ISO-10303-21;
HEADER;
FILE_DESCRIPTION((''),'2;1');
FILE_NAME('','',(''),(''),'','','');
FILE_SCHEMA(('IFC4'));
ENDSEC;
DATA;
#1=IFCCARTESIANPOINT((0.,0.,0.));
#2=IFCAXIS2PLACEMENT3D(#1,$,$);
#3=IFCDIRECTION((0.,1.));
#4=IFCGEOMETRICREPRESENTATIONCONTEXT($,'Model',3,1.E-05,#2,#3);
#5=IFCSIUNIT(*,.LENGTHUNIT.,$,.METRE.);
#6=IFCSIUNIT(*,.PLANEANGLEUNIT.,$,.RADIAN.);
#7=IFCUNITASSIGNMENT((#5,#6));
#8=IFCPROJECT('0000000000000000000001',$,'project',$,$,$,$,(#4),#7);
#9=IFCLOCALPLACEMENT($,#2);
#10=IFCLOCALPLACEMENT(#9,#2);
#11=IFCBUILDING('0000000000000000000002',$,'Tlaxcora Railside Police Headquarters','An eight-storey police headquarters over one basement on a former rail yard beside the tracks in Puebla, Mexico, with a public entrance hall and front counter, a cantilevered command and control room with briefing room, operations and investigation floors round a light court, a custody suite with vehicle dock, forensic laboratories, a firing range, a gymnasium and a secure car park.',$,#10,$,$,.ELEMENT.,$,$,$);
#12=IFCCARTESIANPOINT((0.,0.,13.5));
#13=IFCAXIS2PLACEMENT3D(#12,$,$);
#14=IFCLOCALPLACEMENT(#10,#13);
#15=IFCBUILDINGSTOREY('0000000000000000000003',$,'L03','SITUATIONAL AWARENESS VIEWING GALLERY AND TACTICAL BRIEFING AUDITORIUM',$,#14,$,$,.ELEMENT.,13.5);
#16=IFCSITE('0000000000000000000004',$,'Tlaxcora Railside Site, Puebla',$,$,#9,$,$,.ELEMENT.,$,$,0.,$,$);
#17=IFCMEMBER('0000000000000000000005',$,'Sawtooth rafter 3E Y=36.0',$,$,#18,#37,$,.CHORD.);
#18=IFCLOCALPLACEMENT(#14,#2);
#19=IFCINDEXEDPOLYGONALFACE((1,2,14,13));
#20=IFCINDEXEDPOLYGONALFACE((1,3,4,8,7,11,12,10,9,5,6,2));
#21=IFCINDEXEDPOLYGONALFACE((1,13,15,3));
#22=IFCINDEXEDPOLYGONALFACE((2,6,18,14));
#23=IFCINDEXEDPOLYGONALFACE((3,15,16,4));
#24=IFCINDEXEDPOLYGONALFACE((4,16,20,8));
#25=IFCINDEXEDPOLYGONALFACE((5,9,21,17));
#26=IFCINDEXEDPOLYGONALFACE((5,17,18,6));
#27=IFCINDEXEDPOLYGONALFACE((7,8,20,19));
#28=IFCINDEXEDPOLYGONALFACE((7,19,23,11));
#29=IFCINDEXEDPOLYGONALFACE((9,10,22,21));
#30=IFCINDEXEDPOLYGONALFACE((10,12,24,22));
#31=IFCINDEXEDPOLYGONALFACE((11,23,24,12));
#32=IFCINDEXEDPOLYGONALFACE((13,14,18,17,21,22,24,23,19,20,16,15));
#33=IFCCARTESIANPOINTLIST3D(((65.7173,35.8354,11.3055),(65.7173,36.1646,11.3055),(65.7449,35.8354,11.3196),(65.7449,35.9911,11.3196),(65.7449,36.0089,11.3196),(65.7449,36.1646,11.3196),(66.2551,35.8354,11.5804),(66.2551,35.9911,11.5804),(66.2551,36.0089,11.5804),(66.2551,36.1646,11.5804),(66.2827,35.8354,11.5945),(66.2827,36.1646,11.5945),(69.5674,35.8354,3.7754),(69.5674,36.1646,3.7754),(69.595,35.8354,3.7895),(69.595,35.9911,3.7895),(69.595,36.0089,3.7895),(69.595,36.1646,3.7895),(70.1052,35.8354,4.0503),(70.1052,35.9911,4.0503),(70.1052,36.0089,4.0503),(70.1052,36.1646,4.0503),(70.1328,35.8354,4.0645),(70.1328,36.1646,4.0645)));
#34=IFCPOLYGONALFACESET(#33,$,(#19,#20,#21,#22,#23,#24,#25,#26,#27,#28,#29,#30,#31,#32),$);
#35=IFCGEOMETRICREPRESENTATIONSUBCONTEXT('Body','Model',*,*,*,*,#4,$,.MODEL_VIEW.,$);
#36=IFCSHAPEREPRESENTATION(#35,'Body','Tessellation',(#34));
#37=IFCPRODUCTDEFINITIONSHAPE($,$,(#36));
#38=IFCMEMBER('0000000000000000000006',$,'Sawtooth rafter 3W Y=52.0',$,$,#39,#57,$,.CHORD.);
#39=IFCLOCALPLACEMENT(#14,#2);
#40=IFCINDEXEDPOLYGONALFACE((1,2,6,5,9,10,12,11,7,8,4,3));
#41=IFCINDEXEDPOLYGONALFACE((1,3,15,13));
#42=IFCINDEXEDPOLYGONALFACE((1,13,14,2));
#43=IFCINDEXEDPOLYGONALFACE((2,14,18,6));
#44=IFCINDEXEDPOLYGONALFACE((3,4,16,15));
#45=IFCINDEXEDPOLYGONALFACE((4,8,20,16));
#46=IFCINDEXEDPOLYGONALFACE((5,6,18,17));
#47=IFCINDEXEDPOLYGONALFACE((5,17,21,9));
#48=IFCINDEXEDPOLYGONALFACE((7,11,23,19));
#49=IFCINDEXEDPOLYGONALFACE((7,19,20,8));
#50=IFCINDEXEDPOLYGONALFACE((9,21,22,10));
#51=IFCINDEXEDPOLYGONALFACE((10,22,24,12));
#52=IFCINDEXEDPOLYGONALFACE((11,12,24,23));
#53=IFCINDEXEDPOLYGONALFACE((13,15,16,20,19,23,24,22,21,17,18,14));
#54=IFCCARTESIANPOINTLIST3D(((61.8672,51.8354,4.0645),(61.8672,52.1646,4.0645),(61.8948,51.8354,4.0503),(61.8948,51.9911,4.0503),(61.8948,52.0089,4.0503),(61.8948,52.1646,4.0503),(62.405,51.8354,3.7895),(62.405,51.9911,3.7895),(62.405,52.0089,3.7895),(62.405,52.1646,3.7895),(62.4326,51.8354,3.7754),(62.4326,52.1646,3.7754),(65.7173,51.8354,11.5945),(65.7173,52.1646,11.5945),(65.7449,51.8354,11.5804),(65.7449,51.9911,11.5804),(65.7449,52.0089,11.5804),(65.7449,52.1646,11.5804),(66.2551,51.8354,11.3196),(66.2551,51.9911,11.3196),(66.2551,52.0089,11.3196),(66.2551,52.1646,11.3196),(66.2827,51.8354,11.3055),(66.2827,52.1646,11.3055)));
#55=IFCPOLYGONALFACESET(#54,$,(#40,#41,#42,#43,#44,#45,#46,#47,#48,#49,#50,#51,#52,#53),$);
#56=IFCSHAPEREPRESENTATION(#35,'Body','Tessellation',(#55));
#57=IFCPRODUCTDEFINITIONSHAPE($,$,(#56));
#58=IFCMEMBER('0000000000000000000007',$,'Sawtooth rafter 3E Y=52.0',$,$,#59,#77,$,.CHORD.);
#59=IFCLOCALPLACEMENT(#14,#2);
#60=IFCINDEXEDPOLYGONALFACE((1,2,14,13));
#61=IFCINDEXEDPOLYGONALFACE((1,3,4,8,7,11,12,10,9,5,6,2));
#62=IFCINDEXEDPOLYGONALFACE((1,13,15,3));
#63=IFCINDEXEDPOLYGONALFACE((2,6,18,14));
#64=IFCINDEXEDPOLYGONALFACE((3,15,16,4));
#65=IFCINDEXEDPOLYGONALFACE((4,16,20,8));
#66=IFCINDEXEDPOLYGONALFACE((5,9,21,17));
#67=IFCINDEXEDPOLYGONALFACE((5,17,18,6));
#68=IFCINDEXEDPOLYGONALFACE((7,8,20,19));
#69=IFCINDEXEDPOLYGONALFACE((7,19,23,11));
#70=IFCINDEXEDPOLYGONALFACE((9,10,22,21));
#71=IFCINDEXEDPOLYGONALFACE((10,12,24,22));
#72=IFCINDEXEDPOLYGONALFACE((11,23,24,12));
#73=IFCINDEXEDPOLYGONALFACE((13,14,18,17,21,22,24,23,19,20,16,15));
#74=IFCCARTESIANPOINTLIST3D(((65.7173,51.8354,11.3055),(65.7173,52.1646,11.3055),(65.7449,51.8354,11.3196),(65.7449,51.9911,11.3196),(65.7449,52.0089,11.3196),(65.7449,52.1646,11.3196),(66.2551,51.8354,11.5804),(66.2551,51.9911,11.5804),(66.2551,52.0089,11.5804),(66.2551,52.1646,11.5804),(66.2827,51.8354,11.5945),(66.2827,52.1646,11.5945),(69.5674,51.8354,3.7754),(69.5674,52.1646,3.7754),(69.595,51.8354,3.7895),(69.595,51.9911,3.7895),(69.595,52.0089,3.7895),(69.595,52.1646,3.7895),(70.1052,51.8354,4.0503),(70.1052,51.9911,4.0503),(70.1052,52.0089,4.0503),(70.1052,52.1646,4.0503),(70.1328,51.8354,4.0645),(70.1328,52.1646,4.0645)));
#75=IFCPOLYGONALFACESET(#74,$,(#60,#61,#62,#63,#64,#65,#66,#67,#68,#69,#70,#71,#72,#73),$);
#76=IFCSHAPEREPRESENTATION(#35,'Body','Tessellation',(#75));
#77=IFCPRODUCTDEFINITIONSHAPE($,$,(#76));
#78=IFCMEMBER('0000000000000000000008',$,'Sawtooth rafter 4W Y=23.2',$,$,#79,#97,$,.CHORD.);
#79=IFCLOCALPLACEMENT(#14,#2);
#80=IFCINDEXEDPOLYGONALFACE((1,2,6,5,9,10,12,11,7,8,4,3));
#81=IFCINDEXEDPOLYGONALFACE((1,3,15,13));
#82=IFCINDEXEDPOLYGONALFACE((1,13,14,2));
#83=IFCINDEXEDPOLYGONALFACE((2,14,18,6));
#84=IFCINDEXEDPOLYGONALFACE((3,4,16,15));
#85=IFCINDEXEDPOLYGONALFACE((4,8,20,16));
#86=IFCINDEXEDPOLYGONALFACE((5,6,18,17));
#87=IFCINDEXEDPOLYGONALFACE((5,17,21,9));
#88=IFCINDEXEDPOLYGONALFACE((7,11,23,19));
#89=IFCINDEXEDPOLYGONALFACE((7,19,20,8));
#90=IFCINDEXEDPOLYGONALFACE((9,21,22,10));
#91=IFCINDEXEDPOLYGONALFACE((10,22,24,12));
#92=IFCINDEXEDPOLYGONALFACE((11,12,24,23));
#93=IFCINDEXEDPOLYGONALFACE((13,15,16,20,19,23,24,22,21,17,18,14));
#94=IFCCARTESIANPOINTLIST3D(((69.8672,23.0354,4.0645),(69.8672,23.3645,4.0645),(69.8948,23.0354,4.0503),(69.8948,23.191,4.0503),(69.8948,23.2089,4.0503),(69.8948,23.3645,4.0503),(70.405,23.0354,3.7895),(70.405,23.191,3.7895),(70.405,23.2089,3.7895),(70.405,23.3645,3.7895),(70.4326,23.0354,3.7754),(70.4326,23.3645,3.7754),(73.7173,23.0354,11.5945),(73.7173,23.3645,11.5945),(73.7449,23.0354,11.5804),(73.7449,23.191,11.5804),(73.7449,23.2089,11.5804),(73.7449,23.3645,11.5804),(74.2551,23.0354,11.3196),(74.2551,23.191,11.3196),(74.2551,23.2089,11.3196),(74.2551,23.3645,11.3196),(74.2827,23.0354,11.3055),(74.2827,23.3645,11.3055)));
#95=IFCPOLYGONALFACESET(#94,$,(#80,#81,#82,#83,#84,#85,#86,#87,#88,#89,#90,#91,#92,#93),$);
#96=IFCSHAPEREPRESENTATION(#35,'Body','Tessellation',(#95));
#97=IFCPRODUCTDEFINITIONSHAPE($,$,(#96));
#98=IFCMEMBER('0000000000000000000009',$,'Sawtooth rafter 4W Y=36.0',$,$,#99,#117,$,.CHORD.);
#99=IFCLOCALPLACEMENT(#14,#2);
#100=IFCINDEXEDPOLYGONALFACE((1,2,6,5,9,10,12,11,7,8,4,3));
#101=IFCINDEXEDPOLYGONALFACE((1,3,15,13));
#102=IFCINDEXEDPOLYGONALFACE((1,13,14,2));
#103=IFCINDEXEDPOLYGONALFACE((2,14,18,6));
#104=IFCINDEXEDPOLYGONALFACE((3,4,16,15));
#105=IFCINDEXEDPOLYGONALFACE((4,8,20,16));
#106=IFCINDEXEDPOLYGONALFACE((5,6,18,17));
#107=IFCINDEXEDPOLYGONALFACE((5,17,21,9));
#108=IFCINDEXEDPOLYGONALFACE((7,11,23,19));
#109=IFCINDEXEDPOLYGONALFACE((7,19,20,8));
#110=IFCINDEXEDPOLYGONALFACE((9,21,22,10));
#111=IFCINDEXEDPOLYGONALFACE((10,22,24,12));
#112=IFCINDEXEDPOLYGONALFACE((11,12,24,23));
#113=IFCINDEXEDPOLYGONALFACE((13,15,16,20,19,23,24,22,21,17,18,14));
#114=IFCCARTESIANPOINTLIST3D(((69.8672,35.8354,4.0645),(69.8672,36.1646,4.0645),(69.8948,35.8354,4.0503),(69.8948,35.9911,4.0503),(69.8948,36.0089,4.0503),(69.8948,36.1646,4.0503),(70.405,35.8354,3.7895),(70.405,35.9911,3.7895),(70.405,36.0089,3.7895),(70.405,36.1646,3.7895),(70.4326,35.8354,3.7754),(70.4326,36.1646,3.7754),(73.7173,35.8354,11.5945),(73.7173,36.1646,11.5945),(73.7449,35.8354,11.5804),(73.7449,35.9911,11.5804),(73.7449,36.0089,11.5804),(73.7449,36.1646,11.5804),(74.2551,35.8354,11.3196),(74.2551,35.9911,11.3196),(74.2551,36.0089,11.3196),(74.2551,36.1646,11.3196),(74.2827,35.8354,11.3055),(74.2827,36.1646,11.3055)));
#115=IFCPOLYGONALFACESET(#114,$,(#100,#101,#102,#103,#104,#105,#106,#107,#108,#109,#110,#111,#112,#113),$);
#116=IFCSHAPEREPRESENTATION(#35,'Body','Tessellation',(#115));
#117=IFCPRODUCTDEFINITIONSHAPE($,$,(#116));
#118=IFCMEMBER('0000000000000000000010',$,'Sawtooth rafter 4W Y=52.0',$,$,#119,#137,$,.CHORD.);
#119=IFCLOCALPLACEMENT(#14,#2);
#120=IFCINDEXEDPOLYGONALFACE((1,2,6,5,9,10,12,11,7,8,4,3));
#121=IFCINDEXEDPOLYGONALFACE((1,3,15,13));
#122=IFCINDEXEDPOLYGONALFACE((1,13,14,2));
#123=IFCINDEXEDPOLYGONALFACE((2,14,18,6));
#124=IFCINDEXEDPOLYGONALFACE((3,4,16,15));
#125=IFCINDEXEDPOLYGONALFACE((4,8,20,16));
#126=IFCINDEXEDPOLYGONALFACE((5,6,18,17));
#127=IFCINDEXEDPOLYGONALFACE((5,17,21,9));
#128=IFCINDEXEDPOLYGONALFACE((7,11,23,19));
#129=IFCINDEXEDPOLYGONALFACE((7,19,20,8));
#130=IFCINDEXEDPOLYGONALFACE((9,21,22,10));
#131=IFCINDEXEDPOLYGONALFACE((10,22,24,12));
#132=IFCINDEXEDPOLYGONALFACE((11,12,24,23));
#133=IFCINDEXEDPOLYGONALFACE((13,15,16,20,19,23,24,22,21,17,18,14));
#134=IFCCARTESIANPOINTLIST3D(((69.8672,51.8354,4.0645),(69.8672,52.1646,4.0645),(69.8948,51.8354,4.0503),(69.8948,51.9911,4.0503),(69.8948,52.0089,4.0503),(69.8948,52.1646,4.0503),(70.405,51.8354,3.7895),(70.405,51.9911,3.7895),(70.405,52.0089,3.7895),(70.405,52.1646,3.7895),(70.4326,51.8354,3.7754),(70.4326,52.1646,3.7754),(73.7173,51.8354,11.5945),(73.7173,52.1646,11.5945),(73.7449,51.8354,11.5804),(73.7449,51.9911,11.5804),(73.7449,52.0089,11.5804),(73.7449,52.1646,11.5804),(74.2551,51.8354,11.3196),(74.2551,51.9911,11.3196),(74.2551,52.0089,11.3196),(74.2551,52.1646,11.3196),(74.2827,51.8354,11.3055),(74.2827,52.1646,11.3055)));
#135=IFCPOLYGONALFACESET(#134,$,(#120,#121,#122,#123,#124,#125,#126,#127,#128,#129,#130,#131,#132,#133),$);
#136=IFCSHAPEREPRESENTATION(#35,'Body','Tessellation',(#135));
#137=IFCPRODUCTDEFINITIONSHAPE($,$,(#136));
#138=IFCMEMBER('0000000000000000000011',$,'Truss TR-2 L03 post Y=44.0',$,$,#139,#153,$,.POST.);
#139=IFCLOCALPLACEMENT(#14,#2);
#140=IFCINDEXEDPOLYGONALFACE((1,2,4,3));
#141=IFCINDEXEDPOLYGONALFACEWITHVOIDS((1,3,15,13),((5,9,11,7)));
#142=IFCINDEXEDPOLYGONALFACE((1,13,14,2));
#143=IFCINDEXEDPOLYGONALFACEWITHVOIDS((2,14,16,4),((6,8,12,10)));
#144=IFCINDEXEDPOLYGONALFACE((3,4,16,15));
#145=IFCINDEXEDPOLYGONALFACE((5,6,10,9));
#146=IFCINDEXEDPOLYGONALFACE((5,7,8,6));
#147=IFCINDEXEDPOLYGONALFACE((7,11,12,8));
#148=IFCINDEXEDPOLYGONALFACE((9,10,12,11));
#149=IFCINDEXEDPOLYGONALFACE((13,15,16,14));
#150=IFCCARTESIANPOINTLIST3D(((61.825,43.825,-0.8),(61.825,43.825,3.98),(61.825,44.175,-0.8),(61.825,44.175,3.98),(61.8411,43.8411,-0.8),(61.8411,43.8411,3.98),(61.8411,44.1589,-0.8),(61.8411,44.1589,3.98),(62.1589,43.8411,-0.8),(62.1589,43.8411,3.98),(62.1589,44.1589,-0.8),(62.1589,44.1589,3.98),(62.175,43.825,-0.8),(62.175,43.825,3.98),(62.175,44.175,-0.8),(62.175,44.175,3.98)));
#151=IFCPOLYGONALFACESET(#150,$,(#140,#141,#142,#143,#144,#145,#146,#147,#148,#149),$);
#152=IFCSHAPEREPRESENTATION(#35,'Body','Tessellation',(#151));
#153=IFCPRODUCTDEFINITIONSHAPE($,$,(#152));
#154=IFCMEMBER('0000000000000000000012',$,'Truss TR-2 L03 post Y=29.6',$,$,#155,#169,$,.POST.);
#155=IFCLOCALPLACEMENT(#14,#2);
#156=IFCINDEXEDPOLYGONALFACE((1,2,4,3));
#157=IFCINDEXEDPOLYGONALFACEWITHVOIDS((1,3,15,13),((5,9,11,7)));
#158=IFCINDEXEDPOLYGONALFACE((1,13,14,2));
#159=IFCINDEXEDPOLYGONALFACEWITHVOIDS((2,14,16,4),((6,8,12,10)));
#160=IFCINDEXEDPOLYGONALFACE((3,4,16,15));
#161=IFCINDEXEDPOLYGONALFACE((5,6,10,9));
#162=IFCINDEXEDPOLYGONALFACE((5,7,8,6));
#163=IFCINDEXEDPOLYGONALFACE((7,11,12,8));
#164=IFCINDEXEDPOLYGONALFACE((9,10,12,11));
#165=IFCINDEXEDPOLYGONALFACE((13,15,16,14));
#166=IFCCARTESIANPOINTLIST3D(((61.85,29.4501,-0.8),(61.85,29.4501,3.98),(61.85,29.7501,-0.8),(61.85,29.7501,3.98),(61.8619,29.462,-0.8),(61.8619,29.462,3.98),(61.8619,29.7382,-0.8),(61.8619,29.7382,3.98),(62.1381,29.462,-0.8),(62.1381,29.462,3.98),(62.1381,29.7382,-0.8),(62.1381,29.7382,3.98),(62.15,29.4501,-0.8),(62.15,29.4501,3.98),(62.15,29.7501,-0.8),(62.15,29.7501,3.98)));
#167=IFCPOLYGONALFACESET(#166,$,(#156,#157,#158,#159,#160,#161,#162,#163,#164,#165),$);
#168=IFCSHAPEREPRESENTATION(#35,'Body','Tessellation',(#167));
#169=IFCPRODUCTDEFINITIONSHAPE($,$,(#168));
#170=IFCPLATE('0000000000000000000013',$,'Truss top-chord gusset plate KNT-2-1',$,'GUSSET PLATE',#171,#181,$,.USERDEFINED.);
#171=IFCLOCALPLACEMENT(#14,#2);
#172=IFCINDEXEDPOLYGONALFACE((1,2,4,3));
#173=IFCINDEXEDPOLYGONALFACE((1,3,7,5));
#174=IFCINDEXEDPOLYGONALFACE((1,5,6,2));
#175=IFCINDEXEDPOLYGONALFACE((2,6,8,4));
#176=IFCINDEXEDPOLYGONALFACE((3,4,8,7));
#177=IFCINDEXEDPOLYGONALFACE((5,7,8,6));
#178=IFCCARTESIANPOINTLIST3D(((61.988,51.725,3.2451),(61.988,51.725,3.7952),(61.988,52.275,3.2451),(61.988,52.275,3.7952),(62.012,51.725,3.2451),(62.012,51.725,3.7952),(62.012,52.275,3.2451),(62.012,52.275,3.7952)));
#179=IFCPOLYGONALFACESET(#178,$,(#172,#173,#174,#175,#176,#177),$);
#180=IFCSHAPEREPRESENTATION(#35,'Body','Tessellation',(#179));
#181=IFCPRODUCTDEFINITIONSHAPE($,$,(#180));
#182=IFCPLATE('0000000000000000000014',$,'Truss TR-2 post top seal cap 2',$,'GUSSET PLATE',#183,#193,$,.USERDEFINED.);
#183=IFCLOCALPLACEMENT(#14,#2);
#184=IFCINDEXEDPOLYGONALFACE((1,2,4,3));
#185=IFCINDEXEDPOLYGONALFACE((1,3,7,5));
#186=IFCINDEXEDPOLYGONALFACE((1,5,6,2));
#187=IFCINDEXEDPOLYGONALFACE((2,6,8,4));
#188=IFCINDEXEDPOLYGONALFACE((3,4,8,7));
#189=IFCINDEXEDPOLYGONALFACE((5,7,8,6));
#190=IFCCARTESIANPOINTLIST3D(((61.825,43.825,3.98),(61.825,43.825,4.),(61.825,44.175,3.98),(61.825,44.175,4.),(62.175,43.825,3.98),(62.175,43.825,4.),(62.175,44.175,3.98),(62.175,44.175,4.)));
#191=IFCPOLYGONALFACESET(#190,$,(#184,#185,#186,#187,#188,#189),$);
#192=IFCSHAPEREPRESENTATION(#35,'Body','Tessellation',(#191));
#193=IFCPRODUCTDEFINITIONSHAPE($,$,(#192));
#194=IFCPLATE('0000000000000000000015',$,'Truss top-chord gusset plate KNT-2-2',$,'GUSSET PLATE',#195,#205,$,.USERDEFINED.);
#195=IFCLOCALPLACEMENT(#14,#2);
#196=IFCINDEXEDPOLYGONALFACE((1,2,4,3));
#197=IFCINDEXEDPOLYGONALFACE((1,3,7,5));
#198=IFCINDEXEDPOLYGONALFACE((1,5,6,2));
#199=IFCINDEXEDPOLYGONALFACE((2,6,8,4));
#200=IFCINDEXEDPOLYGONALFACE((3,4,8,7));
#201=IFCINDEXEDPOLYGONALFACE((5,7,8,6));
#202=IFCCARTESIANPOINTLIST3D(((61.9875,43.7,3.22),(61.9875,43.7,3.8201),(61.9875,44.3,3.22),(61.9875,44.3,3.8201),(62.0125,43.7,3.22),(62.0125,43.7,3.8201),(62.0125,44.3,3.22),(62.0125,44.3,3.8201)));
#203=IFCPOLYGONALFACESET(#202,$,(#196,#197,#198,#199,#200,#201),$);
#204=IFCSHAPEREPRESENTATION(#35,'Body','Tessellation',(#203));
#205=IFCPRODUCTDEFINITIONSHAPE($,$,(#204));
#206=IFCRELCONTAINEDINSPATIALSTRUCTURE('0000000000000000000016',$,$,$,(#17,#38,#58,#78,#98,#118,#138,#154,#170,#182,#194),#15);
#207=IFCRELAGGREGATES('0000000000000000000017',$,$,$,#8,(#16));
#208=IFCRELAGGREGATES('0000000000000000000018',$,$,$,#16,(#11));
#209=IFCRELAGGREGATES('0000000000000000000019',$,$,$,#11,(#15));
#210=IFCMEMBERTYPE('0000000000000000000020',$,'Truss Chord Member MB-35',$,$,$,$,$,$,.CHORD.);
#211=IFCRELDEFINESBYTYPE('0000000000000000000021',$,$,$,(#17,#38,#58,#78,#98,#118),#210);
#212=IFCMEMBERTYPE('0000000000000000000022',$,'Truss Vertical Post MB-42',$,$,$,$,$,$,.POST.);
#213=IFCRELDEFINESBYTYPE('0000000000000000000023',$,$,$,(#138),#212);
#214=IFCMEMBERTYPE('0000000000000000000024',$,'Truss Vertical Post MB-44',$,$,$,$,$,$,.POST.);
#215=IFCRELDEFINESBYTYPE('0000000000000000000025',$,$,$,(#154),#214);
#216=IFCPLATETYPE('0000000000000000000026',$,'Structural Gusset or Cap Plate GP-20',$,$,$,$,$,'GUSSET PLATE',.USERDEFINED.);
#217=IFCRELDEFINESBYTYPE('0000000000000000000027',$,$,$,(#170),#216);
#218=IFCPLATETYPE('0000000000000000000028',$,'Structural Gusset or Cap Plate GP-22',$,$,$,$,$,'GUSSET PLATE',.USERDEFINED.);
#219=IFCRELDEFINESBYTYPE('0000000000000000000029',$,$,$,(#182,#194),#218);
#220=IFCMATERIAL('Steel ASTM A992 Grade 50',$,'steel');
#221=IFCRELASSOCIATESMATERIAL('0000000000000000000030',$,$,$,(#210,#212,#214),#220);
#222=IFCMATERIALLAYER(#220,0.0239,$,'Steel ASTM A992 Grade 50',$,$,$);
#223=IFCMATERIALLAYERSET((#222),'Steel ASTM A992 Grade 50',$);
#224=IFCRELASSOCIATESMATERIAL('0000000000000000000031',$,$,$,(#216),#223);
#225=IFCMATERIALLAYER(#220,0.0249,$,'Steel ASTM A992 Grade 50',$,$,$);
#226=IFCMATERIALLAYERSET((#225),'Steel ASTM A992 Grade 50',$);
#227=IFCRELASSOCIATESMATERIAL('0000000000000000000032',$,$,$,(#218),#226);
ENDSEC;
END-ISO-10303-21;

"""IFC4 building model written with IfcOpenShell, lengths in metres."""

from ifc_helpers import new_model, si_unit, direction, frame, origin, origin_2d, place, context, subcontext, project, spatial, rectangle, hollow_rectangle, i_section, extrude, material, layer, layer_set, material_profile, profile_set, type_object, element, save


model = new_model("IFC4")

# Units and contexts
model_context = context("Model", 3, precision=1e-05, world=origin(), true_north=direction((0.0, 1.0)))
body_context = subcontext(model_context, "Body", "Model", "MODEL_VIEW")
ifc_project = project(units=[si_unit("LENGTHUNIT", "METRE"), si_unit("PLANEANGLEUNIT", "RADIAN")], contexts=[model_context])

# Site, building, storey
site_placement = place(None, origin())
site = spatial("IfcSite", under=ifc_project, at=site_placement, Name="Tlaxcora Railside Site, Puebla", CompositionType="ELEMENT", RefElevation=0.0)
building_placement = place(site_placement, origin())
building = spatial("IfcBuilding", under=site, at=building_placement, Name="Tlaxcora Railside Police Headquarters", Description="An eight-storey police headquarters over one basement on a former rail yard beside the tracks in Puebla, Mexico, with a public entrance hall and front counter, a cantilevered command and control room with briefing room, operations and investigation floors round a light court, a custody suite with vehicle dock, forensic laboratories, a firing range, a gymnasium and a secure car park.", CompositionType="ELEMENT")
storey_placement = place(building_placement, frame((0.0, 0.0, 13.5)))
storey = spatial("IfcBuildingStorey", under=building, at=storey_placement, Name="L03", Description="SITUATIONAL AWARENESS VIEWING GALLERY AND TACTICAL BRIEFING AUDITORIUM", CompositionType="ELEMENT", Elevation=13.5)

# Shared definitions
ifc_material_1 = material(Name="Steel ASTM A992 Grade 50", Category="steel")

# Members
ifc_material_profile_1 = material_profile(ifc_material_1, i_section(OverallWidth=0.3291, OverallDepth=0.635, WebThickness=0.0178, FlangeThickness=0.031, at=origin_2d()), Name="W24X162")
ifc_profile_set_1 = profile_set([ifc_material_profile_1], Name="Steel ASTM A992 Grade 50")
member_type_1 = type_object("IfcMemberType", Name="Truss Chord Member MB-35", PredefinedType="CHORD", material=ifc_profile_set_1)
for number, where, z_axis, x_axis, name in (
    (1, (69.8501, 36.0, 3.9199), (-0.455244, 0.0, 0.890367), (0.0, -1.0, 0.0), "Sawtooth rafter 3E Y=36.0"),
    (2, (62.1499, 52.0, 3.9199), (0.455244, 0.0, 0.890367), (0.0, 1.0, 0.0), "Sawtooth rafter 3W Y=52.0"),
    (3, (69.8501, 52.0, 3.9199), (-0.455244, 0.0, 0.890367), (0.0, -1.0, 0.0), "Sawtooth rafter 3E Y=52.0"),
    (4, (70.1499, 23.2, 3.9199), (0.455244, 0.0, 0.890367), (0.0, 1.0, 0.0), "Sawtooth rafter 4W Y=23.2"),
    (5, (70.1499, 36.0, 3.9199), (0.455244, 0.0, 0.890367), (0.0, 1.0, 0.0), "Sawtooth rafter 4W Y=36.0"),
    (6, (70.1499, 52.0, 3.9199), (0.455244, 0.0, 0.890367), (0.0, 1.0, 0.0), "Sawtooth rafter 4W Y=52.0"),
):
    element("IfcMember", number, at=place(storey_placement, frame(where, z_axis=z_axis, x_axis=x_axis)), inside=storey, type_object=member_type_1, Name=name, PredefinedType="CHORD", context=body_context, shape_type="SweptSolid", body=[
        extrude(i_section(OverallWidth=0.3291, OverallDepth=0.635, WebThickness=0.0178, FlangeThickness=0.031, at=origin_2d()), origin(), (0.0, 0.0, 1.0), 8.4573),
    ])
ifc_material_profile_2 = material_profile(ifc_material_1, hollow_rectangle(XDim=0.3501, YDim=0.3501, WallThickness=0.0161, at=origin_2d()), Name="HSS350X350X16")
ifc_profile_set_2 = profile_set([ifc_material_profile_2], Name="Steel ASTM A992 Grade 50")
member_type_2 = type_object("IfcMemberType", Name="Truss Vertical Post MB-42", PredefinedType="POST", material=ifc_profile_set_2)
member_1_placement = place(storey_placement, frame((62.0, 44.0, -0.8), z_axis=(0.0, 0.0, 1.0), x_axis=(1.0, 0.0, 0.0)))
element("IfcMember", 7, at=member_1_placement, inside=storey, type_object=member_type_2, Name="Truss TR-2 L03 post Y=44.0", PredefinedType="POST", context=body_context, shape_type="SweptSolid", body=[
    extrude(hollow_rectangle(XDim=0.3501, YDim=0.3501, WallThickness=0.0161, at=origin_2d()), origin(), (0.0, 0.0, 1.0), 4.78),
])
ifc_material_profile_3 = material_profile(ifc_material_1, hollow_rectangle(XDim=0.3, YDim=0.3, WallThickness=0.012, at=origin_2d()), Name="HSS300X300X12")
ifc_profile_set_3 = profile_set([ifc_material_profile_3], Name="Steel ASTM A992 Grade 50")
member_type_3 = type_object("IfcMemberType", Name="Truss Vertical Post MB-44", PredefinedType="POST", material=ifc_profile_set_3)
member_2_placement = place(storey_placement, frame((62.0, 29.6001, -0.8), z_axis=(0.0, 0.0, 1.0), x_axis=(1.0, 0.0, 0.0)))
element("IfcMember", 8, at=member_2_placement, inside=storey, type_object=member_type_3, Name="Truss TR-2 L03 post Y=29.6", PredefinedType="POST", context=body_context, shape_type="SweptSolid", body=[
    extrude(hollow_rectangle(XDim=0.3, YDim=0.3, WallThickness=0.012, at=origin_2d()), origin(), (0.0, 0.0, 1.0), 4.78),
])

# Plates
ifc_layer_1 = layer(ifc_material_1, 0.0239, Name="Steel ASTM A992 Grade 50")
ifc_layer_set_1 = layer_set([ifc_layer_1], Name="Steel ASTM A992 Grade 50")
plate_type_1 = type_object("IfcPlateType", Name="Structural Gusset or Cap Plate GP-20", ElementType="GUSSET PLATE", PredefinedType="USERDEFINED", material=ifc_layer_set_1)
plate_1_placement = place(storey_placement, frame((62.0, 52.0, 3.2451), z_axis=(0.0, 0.0, 1.0), x_axis=(0.0, 1.0, 0.0)))
element("IfcPlate", 9, at=plate_1_placement, inside=storey, type_object=plate_type_1, Name="Truss top-chord gusset plate KNT-2-1", ObjectType="GUSSET PLATE", PredefinedType="USERDEFINED", context=body_context, shape_type="SweptSolid", body=[
    extrude(rectangle(XDim=0.55, YDim=0.0239, at=origin_2d()), origin(), (0.0, 0.0, 1.0), 0.55),
])
ifc_layer_2 = layer(ifc_material_1, 0.0249, Name="Steel ASTM A992 Grade 50")
ifc_layer_set_2 = layer_set([ifc_layer_2], Name="Steel ASTM A992 Grade 50")
plate_type_2 = type_object("IfcPlateType", Name="Structural Gusset or Cap Plate GP-22", ElementType="GUSSET PLATE", PredefinedType="USERDEFINED", material=ifc_layer_set_2)
plate_2_placement = place(storey_placement, frame((62.0, 44.0, 3.98), z_axis=(0.0, 0.0, 1.0), x_axis=(1.0, 0.0, 0.0)))
element("IfcPlate", 10, at=plate_2_placement, inside=storey, type_object=plate_type_2, Name="Truss TR-2 post top seal cap 2", ObjectType="GUSSET PLATE", PredefinedType="USERDEFINED", context=body_context, shape_type="SweptSolid", body=[
    extrude(rectangle(XDim=0.3501, YDim=0.3501, at=origin_2d()), origin(), (0.0, 0.0, 1.0), 0.02),
])
plate_3_placement = place(storey_placement, frame((62.0, 44.0, 3.22), z_axis=(0.0, 0.0, 1.0), x_axis=(0.0, 1.0, 0.0)))
element("IfcPlate", 11, at=plate_3_placement, inside=storey, type_object=plate_type_2, Name="Truss top-chord gusset plate KNT-2-2", ObjectType="GUSSET PLATE", PredefinedType="USERDEFINED", context=body_context, shape_type="SweptSolid", body=[
    extrude(rectangle(XDim=0.6001, YDim=0.0249, at=origin_2d()), origin(), (0.0, 0.0, 1.0), 0.6001),
])

save(model, "model.ifc")
